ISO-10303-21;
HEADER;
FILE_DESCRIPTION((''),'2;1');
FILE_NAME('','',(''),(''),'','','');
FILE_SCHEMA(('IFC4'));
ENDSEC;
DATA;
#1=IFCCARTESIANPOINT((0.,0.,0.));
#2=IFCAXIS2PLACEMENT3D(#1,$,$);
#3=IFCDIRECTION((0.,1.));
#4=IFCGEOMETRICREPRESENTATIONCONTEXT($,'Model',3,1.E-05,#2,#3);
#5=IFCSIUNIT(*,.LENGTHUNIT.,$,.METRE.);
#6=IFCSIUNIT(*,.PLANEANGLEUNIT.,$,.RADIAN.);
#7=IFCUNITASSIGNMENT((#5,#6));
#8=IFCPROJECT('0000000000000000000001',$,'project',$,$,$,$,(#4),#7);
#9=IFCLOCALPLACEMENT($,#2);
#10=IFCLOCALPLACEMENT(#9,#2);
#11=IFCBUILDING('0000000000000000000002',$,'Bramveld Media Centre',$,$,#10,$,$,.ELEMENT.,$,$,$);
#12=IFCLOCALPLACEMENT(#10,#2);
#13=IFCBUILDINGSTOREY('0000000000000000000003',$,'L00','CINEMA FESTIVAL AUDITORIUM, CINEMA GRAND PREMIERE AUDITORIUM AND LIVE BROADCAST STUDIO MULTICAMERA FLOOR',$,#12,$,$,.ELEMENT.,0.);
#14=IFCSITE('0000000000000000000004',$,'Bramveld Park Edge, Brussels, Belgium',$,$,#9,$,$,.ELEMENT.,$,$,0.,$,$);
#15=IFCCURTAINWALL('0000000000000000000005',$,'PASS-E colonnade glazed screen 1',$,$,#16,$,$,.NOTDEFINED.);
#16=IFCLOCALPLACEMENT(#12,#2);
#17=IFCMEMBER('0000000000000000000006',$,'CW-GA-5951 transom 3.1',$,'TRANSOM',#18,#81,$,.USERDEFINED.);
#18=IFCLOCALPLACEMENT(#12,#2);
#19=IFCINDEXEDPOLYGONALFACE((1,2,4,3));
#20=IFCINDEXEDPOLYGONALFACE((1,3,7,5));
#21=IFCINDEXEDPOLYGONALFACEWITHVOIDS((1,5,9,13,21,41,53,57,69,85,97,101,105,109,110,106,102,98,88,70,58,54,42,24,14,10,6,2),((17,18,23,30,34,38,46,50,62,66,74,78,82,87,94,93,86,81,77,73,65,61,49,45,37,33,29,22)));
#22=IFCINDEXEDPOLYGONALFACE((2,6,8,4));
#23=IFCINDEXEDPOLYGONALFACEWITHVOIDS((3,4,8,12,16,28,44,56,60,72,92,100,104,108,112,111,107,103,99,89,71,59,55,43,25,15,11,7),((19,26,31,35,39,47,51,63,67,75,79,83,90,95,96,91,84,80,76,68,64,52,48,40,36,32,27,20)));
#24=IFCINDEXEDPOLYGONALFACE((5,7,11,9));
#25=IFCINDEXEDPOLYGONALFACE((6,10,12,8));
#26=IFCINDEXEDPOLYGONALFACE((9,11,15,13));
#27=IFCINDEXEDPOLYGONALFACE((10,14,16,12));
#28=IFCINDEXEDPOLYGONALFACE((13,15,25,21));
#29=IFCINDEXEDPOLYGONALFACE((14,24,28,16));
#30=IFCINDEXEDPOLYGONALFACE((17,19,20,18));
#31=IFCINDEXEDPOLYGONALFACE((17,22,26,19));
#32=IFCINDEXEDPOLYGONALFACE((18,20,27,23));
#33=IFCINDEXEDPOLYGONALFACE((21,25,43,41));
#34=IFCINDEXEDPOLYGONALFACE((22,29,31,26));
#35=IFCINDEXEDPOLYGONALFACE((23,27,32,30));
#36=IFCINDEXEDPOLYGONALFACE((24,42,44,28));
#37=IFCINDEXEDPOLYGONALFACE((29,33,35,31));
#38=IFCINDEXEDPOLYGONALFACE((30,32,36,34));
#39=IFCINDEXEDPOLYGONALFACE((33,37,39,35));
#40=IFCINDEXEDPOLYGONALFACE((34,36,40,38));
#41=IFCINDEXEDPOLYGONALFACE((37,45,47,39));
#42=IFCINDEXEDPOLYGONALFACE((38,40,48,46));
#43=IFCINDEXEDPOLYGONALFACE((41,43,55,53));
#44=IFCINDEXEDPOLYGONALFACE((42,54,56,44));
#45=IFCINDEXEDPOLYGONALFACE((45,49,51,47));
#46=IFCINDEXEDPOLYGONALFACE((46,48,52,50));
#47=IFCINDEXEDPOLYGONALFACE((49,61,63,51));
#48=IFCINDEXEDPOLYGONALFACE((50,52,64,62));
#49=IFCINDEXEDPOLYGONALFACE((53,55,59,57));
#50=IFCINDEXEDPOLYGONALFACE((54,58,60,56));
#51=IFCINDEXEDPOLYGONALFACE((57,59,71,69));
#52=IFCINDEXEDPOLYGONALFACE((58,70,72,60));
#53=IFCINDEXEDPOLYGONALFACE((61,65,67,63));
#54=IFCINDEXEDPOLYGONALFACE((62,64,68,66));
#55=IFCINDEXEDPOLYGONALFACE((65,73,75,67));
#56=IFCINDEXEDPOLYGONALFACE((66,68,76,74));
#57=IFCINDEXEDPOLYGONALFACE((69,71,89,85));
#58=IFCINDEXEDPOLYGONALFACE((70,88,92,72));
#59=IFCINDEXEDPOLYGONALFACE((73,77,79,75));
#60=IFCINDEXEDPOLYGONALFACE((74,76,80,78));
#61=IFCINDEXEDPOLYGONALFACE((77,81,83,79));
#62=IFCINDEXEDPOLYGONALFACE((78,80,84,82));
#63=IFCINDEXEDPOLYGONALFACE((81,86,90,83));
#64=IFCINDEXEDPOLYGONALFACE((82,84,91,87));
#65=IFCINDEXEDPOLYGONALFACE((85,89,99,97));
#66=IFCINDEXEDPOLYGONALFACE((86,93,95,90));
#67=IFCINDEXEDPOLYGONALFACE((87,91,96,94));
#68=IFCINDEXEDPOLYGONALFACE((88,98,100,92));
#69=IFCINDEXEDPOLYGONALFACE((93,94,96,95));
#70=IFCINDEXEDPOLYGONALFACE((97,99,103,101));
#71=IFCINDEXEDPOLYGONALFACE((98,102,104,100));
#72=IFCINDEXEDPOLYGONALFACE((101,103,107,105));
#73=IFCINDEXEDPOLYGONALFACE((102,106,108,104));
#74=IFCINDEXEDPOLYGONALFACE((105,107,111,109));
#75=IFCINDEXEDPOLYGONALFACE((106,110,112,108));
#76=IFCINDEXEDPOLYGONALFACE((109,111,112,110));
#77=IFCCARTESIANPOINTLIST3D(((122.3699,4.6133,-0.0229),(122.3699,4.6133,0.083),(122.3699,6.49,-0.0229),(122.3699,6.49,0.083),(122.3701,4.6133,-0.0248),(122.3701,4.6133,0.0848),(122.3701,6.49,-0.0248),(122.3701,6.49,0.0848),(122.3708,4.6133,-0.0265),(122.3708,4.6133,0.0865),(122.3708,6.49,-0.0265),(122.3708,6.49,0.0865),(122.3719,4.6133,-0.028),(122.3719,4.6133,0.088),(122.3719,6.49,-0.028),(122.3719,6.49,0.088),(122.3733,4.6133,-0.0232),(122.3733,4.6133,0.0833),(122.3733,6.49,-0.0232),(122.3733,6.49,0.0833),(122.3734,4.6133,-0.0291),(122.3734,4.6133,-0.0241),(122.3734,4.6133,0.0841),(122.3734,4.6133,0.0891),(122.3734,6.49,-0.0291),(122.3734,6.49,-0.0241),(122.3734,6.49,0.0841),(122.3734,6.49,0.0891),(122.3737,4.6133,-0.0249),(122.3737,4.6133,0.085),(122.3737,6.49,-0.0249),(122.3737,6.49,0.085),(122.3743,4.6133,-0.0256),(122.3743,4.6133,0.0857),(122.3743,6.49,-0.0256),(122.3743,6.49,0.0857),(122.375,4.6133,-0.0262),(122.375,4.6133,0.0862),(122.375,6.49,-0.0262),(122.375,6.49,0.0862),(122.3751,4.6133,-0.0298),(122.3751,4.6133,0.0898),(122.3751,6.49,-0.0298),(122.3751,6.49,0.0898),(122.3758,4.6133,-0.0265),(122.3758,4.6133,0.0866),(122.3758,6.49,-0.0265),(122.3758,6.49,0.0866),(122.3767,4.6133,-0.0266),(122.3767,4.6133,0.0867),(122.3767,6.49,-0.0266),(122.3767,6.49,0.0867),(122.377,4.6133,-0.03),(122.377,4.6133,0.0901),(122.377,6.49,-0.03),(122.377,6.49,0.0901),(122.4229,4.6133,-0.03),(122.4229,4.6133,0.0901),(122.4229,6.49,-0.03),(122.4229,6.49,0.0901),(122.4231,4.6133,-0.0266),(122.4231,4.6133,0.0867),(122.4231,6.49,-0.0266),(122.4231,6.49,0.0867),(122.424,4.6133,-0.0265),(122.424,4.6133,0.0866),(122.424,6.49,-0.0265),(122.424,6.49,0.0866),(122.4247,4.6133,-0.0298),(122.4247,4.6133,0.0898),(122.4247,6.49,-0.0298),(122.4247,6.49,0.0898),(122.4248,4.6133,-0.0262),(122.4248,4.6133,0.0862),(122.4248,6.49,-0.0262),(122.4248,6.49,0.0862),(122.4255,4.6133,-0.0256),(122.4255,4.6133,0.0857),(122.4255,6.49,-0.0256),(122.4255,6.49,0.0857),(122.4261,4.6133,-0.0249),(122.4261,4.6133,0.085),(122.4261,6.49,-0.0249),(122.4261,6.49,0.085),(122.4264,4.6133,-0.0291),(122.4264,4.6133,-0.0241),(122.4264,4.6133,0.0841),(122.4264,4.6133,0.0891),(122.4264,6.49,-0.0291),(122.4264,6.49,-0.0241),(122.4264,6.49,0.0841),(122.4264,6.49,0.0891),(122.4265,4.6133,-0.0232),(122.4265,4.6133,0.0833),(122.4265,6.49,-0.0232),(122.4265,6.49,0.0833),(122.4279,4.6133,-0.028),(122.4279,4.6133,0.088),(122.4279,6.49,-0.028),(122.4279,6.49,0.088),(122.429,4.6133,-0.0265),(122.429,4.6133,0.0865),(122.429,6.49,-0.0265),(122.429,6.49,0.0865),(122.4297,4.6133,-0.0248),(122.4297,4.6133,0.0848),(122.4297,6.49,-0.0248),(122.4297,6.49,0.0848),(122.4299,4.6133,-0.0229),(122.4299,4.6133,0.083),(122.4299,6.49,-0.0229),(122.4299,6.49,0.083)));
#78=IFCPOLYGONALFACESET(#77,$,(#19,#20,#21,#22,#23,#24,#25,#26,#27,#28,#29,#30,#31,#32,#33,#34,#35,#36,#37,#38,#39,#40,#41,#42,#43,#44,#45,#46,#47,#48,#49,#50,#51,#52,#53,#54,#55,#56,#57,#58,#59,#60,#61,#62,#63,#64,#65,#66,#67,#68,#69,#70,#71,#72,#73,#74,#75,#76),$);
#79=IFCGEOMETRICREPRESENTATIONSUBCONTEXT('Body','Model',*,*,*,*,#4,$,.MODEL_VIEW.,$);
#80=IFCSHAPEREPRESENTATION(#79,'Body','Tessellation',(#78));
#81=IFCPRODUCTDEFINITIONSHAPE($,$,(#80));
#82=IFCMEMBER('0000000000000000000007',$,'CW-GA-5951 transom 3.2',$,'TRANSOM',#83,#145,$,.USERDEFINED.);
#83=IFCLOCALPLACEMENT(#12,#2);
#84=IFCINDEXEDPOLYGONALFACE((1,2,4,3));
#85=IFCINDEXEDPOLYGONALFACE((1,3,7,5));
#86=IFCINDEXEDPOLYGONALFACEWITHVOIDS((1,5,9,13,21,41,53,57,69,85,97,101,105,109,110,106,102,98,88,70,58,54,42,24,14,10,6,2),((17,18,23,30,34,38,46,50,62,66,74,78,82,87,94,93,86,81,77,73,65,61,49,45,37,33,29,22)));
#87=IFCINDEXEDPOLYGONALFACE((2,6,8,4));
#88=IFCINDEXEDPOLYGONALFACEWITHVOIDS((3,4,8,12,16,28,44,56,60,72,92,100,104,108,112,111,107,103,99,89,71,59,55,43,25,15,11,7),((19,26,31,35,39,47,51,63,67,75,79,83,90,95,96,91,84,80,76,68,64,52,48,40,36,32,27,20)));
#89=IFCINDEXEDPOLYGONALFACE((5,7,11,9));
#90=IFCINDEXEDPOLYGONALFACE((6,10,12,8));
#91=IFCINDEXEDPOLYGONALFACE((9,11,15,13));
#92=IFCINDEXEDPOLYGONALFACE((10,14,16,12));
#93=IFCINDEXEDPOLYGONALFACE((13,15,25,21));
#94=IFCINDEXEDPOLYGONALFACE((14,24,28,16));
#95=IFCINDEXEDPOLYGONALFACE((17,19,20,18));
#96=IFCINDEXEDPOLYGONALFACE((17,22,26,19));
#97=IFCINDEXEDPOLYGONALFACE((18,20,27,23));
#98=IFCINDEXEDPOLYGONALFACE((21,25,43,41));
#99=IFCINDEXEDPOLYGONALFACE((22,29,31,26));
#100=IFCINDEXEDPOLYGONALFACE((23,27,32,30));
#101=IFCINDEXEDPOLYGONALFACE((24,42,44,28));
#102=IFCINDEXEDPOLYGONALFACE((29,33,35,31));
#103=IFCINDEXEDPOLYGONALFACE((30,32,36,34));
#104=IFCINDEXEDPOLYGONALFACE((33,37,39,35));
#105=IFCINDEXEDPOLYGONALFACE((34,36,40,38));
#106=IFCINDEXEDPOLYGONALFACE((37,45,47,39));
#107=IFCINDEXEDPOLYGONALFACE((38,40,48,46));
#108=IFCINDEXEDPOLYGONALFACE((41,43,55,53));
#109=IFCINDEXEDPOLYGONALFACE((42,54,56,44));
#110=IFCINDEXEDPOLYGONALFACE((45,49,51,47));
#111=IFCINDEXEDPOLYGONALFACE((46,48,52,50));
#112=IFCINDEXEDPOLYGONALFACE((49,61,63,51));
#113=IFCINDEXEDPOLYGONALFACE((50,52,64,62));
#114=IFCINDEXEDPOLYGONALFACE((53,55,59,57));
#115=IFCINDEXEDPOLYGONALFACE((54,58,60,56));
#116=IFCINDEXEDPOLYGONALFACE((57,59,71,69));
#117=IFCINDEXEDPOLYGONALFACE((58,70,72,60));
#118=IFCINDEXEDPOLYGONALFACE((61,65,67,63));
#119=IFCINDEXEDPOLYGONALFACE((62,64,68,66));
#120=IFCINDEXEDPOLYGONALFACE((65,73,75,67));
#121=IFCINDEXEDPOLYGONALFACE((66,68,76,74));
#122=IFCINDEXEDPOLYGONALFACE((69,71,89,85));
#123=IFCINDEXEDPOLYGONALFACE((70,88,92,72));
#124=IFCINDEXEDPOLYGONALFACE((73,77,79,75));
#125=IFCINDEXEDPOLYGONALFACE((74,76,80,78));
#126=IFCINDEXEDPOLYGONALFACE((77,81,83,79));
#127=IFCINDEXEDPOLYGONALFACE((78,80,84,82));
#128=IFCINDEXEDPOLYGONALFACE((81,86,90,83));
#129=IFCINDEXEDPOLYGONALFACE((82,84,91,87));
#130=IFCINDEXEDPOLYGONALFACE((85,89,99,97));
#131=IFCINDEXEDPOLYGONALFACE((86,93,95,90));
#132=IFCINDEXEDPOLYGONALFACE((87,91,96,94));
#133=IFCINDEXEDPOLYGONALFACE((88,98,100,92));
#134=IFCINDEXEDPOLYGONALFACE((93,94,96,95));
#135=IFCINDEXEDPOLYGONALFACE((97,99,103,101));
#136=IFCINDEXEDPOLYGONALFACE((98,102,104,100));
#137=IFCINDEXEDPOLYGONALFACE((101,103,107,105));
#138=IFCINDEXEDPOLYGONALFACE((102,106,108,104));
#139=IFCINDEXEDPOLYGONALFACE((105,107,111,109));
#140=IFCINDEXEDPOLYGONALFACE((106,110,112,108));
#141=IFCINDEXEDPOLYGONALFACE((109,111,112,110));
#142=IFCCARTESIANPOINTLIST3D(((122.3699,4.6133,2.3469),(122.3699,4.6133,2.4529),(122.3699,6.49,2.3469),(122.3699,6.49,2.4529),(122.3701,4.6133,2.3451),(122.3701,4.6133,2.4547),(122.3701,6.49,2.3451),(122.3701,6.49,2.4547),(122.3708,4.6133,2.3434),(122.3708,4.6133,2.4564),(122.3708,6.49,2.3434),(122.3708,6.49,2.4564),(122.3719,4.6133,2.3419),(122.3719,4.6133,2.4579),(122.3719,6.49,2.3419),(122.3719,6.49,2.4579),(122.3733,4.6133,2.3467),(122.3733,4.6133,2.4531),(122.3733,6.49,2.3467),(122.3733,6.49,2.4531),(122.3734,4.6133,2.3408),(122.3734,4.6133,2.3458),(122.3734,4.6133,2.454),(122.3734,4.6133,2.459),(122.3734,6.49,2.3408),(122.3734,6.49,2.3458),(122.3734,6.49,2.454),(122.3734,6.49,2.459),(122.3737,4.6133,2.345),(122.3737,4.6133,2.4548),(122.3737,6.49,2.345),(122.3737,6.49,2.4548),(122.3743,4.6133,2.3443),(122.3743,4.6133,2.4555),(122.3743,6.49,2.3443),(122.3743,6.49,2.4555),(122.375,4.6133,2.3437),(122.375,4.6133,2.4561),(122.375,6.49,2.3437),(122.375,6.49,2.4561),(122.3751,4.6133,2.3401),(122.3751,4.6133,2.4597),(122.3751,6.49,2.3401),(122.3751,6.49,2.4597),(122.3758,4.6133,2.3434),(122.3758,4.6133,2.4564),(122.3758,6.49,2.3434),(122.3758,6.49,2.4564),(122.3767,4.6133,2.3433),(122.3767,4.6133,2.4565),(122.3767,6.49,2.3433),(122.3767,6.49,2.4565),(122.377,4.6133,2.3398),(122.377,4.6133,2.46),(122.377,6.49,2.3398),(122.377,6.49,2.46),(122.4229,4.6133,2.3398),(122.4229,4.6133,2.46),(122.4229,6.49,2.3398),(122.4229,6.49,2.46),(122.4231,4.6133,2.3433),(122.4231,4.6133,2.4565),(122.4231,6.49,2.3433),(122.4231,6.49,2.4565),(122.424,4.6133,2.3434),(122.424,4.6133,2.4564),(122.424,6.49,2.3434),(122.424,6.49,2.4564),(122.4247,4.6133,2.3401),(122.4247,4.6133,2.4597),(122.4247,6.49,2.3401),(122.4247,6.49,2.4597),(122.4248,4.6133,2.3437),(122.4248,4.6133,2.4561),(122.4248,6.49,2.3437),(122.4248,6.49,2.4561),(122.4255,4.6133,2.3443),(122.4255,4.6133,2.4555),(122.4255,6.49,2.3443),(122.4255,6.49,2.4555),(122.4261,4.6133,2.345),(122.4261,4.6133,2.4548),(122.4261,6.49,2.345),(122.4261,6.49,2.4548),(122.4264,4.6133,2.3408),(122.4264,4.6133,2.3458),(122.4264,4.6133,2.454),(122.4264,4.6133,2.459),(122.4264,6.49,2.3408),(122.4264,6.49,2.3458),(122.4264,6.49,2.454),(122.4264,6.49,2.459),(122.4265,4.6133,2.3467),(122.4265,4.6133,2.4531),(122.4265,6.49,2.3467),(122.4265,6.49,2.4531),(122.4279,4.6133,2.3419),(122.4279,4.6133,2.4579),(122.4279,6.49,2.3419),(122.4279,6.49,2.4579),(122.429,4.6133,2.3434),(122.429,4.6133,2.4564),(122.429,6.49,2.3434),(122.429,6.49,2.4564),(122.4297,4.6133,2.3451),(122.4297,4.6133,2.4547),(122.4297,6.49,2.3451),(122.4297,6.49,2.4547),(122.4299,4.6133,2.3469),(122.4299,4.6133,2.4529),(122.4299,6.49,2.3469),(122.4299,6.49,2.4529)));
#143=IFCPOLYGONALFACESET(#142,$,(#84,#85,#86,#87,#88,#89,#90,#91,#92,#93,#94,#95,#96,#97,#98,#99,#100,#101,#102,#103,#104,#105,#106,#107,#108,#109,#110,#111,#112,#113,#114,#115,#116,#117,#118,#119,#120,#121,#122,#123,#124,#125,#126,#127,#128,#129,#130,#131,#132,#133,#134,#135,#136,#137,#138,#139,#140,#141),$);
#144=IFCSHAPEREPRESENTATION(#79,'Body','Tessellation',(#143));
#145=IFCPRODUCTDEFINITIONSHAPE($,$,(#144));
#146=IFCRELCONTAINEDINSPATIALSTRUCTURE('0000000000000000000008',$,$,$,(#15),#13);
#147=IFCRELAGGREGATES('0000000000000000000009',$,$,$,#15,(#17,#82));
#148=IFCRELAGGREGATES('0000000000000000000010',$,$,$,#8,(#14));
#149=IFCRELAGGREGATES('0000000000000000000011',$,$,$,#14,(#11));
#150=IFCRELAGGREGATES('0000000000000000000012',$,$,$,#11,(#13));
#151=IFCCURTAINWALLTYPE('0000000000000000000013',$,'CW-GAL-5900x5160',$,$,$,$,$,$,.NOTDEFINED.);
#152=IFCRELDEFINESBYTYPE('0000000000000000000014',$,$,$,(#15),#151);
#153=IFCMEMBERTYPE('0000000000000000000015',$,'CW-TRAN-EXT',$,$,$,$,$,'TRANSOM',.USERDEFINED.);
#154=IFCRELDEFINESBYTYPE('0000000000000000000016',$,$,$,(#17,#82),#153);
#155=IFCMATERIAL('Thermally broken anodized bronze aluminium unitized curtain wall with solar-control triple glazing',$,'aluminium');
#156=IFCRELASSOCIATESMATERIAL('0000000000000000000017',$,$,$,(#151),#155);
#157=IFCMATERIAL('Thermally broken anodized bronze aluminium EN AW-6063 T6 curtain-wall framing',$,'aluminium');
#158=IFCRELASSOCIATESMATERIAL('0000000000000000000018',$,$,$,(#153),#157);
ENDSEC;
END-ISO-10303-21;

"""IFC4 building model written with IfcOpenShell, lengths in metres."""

from ifc_helpers import new_model, si_unit, direction, frame, origin, origin_2d, place, context, subcontext, project, spatial, hollow_rectangle, extrude, material, material_profile, profile_set, type_object, element, aggregate, save


model = new_model("IFC4")

# Units and contexts
model_context = context("Model", 3, precision=1e-05, world=origin(), true_north=direction((0.0, 1.0)))
body_context = subcontext(model_context, "Body", "Model", "MODEL_VIEW")
ifc_project = project(units=[si_unit("LENGTHUNIT", "METRE"), si_unit("PLANEANGLEUNIT", "RADIAN")], contexts=[model_context])

# Site, building, storey
site_placement = place(None, origin())
site = spatial("IfcSite", under=ifc_project, at=site_placement, Name="Bramveld Park Edge, Brussels, Belgium", CompositionType="ELEMENT", RefElevation=0.0)
building_placement = place(site_placement, origin())
building = spatial("IfcBuilding", under=site, at=building_placement, Name="Bramveld Media Centre", CompositionType="ELEMENT")
storey_placement = place(building_placement, origin())
storey = spatial("IfcBuildingStorey", under=building, at=storey_placement, Name="L00", Description="CINEMA FESTIVAL AUDITORIUM, CINEMA GRAND PREMIERE AUDITORIUM AND LIVE BROADCAST STUDIO MULTICAMERA FLOOR", CompositionType="ELEMENT", Elevation=0.0)

# Curtain wall
ifc_material_1 = material(Name="Thermally broken anodized bronze aluminium unitized curtain wall with solar-control triple glazing", Category="aluminium")
curtain_wall_type = type_object("IfcCurtainWallType", Name="CW-GAL-5900x5160", PredefinedType="NOTDEFINED", material=ifc_material_1)
curtain_wall_1_placement = place(storey_placement, origin())
curtain_wall_1 = element("IfcCurtainWall", 1, at=curtain_wall_1_placement, inside=storey, type_object=curtain_wall_type, Name="PASS-E colonnade glazed screen 1", PredefinedType="NOTDEFINED")

# Members
ifc_material_2 = material(Name="Thermally broken anodized bronze aluminium EN AW-6063 T6 curtain-wall framing", Category="aluminium")
ifc_material_profile_1 = material_profile(ifc_material_2, hollow_rectangle(XDim=0.0601, YDim=0.1201, WallThickness=0.0034, InnerFilletRadius=0.0034, OuterFilletRadius=0.0071, at=origin_2d()), Name="AL-TRAN 60x120")
ifc_profile_set_1 = profile_set([ifc_material_profile_1], Name="Thermally broken anodized bronze aluminium EN AW-6063 T6 curtain-wall framing")
member_type_1 = type_object("IfcMemberType", Name="CW-TRAN-EXT", ElementType="TRANSOM", PredefinedType="USERDEFINED", material=ifc_profile_set_1)
member_1_placement = place(storey_placement, frame((122.3999, 4.6133, 0.03), z_axis=(0.0, 1.0, 0.0), x_axis=(-1.0, 0.0, 0.0)))
member_1 = element("IfcMember", 2, at=member_1_placement, type_object=member_type_1, Name="CW-GA-5951 transom 3.1", ObjectType="TRANSOM", PredefinedType="USERDEFINED", context=body_context, shape_type="SweptSolid", body=[
    extrude(hollow_rectangle(XDim=0.0601, YDim=0.1201, WallThickness=0.0034, InnerFilletRadius=0.0034, OuterFilletRadius=0.0071, at=origin_2d()), origin(), (0.0, 0.0, 1.0), 1.8767),
])
member_2_placement = place(storey_placement, frame((122.3999, 4.6133, 2.3999), z_axis=(0.0, 1.0, 0.0), x_axis=(-1.0, 0.0, 0.0)))
member_2 = element("IfcMember", 3, at=member_2_placement, type_object=member_type_1, Name="CW-GA-5951 transom 3.2", ObjectType="TRANSOM", PredefinedType="USERDEFINED", context=body_context, shape_type="SweptSolid", body=[
    extrude(hollow_rectangle(XDim=0.0601, YDim=0.1201, WallThickness=0.0034, InnerFilletRadius=0.0034, OuterFilletRadius=0.0071, at=origin_2d()), origin(), (0.0, 0.0, 1.0), 1.8767),
])

aggregate(curtain_wall_1, [member_1, member_2])

save(model, "model.ifc")
